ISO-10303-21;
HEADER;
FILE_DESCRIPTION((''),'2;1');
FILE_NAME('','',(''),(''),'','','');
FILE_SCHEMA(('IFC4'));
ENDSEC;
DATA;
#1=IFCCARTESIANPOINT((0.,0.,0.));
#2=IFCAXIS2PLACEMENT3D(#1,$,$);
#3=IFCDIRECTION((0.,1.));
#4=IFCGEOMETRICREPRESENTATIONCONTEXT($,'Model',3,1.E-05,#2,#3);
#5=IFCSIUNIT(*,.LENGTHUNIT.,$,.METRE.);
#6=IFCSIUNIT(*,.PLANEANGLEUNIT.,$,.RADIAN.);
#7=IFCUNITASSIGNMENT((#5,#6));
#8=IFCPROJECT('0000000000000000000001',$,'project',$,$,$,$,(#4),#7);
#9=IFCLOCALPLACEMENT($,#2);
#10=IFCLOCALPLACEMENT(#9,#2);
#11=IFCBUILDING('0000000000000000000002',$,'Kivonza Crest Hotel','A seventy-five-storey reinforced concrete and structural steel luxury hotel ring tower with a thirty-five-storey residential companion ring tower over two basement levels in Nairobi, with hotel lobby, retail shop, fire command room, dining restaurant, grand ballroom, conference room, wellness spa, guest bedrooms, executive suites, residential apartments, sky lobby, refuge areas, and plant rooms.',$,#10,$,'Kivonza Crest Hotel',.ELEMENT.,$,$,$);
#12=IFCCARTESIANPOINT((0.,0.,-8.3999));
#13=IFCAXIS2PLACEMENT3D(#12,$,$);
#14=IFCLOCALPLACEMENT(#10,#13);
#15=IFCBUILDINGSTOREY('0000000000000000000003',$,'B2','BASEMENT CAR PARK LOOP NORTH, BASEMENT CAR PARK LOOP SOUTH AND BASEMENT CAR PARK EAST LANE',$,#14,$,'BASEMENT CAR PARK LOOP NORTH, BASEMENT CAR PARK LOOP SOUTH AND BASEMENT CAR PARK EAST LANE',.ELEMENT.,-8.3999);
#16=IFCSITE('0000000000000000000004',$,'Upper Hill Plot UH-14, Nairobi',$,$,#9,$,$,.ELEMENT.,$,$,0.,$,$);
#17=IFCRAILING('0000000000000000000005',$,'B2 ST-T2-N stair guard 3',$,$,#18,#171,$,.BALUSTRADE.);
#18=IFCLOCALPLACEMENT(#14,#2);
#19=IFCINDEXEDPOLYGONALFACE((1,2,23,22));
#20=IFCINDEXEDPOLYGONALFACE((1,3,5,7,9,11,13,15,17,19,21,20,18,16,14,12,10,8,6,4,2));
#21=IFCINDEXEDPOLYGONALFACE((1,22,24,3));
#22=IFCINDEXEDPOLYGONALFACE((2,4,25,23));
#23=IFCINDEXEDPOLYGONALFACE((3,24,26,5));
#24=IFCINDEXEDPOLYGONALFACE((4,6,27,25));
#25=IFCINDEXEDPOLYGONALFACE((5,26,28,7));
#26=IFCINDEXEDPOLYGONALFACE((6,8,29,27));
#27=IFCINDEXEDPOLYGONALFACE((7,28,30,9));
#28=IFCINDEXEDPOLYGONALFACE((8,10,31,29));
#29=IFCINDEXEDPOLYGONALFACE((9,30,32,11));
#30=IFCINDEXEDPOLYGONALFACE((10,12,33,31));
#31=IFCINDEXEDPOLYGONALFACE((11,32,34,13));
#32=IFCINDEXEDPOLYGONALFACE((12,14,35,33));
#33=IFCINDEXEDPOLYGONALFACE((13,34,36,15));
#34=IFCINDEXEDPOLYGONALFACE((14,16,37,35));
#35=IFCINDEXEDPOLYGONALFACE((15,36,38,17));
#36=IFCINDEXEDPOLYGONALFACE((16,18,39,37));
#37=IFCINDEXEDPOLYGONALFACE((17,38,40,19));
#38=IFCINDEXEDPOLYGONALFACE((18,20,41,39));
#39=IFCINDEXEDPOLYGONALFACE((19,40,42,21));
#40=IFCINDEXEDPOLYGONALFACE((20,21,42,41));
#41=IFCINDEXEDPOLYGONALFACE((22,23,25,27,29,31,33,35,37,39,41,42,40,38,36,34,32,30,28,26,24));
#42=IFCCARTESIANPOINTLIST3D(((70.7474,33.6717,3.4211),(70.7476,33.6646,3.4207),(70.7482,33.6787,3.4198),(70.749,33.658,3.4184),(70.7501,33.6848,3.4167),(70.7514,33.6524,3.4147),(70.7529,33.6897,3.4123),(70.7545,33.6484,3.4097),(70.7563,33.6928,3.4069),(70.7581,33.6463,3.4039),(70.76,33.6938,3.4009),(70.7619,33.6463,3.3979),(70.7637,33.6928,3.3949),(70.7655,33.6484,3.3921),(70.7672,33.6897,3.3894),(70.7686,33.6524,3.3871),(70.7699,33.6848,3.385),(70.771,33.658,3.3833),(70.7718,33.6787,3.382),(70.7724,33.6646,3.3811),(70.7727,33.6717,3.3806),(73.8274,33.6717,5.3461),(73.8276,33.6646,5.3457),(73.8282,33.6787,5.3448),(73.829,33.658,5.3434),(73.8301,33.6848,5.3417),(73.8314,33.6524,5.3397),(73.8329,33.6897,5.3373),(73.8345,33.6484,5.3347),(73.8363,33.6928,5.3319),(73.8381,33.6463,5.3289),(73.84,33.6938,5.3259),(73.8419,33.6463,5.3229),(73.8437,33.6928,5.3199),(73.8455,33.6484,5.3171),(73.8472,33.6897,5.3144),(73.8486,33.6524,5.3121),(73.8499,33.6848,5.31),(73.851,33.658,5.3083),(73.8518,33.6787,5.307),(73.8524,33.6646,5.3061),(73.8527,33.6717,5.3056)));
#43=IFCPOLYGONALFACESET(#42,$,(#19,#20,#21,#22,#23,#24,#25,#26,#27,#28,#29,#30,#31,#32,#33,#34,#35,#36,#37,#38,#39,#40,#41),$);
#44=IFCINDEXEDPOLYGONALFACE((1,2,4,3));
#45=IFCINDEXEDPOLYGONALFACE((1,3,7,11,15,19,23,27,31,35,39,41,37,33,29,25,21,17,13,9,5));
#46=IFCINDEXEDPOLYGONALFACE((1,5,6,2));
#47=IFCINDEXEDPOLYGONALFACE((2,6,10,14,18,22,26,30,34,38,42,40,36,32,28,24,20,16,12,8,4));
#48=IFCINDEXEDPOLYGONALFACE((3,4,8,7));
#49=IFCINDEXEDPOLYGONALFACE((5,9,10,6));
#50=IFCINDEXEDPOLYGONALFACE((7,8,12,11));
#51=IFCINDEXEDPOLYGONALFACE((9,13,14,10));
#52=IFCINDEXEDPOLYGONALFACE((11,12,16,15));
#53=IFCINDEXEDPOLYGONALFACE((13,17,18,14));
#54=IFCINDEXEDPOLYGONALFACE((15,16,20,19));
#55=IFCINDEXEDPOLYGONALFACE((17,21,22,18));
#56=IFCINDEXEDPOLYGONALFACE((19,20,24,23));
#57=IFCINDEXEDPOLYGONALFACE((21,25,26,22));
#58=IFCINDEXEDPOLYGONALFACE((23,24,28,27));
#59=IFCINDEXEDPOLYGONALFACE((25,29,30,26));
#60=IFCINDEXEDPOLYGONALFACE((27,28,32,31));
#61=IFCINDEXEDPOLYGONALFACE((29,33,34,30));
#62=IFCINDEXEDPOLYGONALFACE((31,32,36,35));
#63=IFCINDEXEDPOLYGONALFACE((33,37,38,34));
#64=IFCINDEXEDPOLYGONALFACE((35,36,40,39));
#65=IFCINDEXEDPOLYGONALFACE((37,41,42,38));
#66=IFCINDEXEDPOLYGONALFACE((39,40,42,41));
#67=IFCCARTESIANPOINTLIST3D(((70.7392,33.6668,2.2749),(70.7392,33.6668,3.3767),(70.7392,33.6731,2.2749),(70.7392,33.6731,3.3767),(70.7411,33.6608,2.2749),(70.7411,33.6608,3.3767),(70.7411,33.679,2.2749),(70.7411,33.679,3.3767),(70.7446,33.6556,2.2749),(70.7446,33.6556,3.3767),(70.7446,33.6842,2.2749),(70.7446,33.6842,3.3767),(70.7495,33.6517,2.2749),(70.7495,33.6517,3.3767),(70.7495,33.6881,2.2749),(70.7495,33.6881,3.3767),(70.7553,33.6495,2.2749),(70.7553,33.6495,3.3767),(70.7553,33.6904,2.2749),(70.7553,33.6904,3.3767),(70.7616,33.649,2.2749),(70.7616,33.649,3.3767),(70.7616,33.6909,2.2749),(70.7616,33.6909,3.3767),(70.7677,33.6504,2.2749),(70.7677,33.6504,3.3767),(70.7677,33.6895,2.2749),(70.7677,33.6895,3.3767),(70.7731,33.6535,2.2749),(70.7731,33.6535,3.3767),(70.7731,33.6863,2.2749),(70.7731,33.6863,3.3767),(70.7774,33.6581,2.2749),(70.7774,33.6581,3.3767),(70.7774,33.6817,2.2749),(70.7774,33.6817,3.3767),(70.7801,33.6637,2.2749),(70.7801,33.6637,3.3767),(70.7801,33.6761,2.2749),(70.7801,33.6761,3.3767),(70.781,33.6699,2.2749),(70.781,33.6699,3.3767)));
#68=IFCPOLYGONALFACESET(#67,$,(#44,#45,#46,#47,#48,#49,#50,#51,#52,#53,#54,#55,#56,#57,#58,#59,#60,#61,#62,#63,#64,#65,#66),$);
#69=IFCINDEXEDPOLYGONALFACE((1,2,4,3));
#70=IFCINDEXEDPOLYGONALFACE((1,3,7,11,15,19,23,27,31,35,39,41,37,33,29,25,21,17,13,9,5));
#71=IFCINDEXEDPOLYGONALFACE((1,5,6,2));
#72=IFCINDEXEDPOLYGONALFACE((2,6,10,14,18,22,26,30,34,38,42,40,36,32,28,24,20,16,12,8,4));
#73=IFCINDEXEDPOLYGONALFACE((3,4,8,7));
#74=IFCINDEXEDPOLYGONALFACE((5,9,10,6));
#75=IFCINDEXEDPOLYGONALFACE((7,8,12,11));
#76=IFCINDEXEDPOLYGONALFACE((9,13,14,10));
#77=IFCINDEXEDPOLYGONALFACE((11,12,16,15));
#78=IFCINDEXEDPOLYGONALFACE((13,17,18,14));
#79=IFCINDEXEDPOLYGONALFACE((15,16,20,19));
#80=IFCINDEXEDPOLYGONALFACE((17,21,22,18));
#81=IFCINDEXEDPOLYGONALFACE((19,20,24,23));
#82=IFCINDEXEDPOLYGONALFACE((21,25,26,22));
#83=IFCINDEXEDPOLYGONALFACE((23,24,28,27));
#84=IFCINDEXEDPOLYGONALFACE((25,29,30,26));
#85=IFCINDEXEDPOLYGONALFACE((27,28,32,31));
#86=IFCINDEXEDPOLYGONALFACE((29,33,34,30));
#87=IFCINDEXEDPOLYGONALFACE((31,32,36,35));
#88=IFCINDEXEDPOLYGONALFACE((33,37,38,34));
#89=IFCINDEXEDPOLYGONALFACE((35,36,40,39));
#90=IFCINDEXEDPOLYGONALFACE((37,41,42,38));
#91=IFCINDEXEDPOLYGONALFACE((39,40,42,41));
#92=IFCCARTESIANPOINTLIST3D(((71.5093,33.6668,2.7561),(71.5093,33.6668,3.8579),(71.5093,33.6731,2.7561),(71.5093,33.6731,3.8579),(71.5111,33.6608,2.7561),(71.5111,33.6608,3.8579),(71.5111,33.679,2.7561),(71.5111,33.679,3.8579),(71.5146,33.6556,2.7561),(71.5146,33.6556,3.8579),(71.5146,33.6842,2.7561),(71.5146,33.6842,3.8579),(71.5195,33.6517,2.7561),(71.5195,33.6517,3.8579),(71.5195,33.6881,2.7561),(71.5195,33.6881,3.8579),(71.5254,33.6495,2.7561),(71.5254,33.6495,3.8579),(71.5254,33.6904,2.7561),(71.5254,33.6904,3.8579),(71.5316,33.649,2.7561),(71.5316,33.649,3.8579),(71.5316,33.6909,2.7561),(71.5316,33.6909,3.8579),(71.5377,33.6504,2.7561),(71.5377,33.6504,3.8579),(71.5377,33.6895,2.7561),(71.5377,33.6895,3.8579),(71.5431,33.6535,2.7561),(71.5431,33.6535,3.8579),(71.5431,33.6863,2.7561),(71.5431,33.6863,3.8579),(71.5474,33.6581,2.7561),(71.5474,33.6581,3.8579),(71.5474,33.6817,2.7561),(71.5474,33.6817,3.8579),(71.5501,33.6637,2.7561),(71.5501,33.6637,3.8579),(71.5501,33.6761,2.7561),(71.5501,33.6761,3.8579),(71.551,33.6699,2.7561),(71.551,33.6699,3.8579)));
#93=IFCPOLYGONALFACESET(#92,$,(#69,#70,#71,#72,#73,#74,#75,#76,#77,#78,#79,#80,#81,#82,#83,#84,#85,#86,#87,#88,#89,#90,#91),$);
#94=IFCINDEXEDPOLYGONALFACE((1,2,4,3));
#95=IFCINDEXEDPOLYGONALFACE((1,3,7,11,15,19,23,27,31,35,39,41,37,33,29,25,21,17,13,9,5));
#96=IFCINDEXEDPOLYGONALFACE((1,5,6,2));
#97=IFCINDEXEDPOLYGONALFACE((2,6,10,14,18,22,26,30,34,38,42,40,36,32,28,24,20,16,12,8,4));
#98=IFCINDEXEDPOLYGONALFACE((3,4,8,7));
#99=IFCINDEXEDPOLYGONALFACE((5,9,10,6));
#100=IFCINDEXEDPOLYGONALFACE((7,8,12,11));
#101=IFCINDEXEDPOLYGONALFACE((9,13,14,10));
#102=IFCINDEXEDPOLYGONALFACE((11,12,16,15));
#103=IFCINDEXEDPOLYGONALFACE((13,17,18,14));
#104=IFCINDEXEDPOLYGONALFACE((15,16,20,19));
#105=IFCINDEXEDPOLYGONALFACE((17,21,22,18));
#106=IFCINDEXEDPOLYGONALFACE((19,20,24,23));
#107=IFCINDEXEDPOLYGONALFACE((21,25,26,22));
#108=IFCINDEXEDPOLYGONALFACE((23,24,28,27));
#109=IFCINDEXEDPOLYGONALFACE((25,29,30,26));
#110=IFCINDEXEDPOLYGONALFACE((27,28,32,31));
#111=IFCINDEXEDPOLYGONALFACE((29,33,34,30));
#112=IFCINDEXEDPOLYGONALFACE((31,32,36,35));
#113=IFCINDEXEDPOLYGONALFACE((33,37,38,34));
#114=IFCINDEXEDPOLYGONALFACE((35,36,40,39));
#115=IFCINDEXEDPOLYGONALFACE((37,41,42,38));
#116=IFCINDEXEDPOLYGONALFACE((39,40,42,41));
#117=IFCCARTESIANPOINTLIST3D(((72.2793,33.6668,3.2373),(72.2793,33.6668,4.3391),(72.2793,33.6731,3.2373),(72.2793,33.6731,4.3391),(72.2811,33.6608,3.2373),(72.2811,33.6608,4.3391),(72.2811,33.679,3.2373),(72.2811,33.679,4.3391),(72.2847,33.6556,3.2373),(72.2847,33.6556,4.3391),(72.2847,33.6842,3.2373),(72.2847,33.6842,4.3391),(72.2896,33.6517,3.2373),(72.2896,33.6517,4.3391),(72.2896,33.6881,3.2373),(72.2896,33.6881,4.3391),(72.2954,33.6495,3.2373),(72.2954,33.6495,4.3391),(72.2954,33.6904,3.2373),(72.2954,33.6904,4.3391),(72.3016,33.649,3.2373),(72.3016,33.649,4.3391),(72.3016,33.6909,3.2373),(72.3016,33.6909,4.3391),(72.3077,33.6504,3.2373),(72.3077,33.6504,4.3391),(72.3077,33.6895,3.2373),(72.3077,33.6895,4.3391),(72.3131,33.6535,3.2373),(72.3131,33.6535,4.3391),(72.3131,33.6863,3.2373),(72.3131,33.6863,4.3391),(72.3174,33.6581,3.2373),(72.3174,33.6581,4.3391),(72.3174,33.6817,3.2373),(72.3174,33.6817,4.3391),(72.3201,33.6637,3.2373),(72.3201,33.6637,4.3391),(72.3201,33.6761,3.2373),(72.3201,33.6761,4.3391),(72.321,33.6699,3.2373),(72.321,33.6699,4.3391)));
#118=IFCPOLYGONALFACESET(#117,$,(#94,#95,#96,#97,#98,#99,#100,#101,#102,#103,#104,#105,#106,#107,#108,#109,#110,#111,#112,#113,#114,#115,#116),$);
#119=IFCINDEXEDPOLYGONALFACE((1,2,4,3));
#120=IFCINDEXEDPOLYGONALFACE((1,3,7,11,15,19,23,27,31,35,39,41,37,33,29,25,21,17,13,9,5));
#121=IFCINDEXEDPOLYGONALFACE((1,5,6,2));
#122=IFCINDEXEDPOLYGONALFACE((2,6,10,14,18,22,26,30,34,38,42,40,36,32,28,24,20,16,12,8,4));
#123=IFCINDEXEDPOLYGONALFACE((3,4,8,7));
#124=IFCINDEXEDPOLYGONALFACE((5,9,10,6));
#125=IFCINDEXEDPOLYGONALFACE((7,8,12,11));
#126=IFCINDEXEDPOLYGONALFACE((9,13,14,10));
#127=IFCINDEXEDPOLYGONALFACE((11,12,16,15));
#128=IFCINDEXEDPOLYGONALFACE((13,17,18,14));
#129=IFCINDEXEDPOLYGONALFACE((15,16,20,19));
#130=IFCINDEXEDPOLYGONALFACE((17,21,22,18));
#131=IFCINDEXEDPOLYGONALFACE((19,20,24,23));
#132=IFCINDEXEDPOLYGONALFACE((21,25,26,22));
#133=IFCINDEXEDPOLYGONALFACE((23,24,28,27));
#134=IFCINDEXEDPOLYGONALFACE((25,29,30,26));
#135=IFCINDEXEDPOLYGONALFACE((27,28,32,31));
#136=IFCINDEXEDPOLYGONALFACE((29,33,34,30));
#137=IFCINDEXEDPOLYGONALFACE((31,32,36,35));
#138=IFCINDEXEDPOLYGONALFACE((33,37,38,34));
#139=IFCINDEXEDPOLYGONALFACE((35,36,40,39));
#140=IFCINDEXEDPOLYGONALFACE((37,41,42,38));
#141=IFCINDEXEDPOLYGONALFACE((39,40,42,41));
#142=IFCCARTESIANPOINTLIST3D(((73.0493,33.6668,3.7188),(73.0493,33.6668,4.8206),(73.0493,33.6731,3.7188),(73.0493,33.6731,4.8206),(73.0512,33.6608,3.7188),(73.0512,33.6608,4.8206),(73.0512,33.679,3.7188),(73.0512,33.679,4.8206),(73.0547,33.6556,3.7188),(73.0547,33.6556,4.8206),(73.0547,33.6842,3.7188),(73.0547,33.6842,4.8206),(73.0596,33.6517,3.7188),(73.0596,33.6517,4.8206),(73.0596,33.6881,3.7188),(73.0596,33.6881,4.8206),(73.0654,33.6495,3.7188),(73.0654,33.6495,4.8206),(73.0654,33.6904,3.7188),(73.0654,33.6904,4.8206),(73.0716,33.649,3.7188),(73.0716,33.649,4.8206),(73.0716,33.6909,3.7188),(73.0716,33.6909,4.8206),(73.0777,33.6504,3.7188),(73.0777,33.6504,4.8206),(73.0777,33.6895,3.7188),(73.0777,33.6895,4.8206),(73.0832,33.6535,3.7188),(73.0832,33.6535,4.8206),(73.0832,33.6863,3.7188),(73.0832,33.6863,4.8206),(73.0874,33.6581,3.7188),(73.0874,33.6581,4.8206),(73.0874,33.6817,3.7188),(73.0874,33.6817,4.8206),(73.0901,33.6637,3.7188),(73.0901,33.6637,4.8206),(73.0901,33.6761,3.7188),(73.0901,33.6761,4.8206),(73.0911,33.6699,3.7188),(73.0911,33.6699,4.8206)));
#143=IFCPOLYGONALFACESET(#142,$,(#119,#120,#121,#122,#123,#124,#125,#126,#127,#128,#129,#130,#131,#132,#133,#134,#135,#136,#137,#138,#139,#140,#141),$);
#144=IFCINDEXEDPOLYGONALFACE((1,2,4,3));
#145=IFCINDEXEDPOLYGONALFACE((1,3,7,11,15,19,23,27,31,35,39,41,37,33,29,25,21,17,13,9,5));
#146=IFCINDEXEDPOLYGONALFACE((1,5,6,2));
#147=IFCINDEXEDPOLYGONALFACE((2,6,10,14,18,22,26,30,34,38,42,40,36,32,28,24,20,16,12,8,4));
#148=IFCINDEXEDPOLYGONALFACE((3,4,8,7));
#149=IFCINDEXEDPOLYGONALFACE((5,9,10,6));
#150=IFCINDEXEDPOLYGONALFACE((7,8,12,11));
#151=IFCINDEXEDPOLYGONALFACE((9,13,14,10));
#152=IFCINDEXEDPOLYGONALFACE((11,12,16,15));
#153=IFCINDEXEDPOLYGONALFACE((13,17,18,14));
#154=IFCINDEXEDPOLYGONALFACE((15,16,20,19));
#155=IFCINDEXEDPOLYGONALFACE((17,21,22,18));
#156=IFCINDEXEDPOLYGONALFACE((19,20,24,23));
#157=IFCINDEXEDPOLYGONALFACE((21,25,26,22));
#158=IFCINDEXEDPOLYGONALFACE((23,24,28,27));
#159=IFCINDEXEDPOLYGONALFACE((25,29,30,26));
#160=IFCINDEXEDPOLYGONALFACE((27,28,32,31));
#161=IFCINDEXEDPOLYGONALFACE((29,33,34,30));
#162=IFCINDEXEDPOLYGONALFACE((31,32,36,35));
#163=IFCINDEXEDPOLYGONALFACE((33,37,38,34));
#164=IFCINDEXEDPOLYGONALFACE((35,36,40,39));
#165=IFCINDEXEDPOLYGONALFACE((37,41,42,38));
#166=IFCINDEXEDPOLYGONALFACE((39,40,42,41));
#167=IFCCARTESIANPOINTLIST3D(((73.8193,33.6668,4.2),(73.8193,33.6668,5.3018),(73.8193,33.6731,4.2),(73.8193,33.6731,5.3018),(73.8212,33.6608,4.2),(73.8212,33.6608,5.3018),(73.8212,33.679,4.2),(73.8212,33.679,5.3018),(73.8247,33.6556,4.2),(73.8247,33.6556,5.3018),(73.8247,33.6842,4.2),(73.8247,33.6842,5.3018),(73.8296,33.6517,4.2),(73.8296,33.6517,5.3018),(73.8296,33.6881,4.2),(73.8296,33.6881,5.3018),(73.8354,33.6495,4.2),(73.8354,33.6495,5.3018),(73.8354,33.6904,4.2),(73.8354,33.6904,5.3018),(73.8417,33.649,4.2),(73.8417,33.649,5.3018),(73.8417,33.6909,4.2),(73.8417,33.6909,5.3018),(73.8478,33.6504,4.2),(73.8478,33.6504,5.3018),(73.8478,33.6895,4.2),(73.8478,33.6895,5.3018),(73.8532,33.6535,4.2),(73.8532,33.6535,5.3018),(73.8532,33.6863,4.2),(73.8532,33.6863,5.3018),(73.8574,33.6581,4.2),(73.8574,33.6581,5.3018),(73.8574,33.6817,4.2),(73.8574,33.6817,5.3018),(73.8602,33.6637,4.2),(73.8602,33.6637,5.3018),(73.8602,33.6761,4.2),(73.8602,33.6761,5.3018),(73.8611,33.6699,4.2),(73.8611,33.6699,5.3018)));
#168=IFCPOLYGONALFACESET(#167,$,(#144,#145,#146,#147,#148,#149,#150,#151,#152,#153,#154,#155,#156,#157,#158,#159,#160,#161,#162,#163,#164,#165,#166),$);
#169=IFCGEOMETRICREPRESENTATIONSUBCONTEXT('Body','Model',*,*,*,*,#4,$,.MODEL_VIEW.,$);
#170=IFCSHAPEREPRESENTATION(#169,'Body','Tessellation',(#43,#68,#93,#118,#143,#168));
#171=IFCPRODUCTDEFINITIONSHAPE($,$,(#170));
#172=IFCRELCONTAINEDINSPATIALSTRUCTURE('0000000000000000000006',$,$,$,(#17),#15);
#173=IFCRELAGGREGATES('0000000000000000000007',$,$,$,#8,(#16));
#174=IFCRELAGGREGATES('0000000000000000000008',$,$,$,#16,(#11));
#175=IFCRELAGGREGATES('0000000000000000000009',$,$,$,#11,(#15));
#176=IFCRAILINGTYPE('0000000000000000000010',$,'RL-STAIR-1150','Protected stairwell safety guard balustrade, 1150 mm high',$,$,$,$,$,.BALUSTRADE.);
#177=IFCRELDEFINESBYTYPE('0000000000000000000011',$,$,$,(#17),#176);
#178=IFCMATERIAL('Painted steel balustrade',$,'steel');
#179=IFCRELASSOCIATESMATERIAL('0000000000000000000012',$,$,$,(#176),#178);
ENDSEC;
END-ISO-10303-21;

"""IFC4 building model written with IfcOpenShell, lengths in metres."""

from ifc_helpers import new_model, si_unit, direction, frame, origin, origin_2d, place, context, subcontext, project, spatial, circle, extrude, material, type_object, element, save


model = new_model("IFC4")

# Units and contexts
model_context = context("Model", 3, precision=1e-05, world=origin(), true_north=direction((0.0, 1.0)))
body_context = subcontext(model_context, "Body", "Model", "MODEL_VIEW")
ifc_project = project(units=[si_unit("LENGTHUNIT", "METRE"), si_unit("PLANEANGLEUNIT", "RADIAN")], contexts=[model_context])

# Site, building, storey
site_placement = place(None, origin())
site = spatial("IfcSite", under=ifc_project, at=site_placement, Name="Upper Hill Plot UH-14, Nairobi", CompositionType="ELEMENT", RefElevation=0.0)
building_placement = place(site_placement, origin())
building = spatial("IfcBuilding", under=site, at=building_placement, Name="Kivonza Crest Hotel", Description="A seventy-five-storey reinforced concrete and structural steel luxury hotel ring tower with a thirty-five-storey residential companion ring tower over two basement levels in Nairobi, with hotel lobby, retail shop, fire command room, dining restaurant, grand ballroom, conference room, wellness spa, guest bedrooms, executive suites, residential apartments, sky lobby, refuge areas, and plant rooms.", LongName="Kivonza Crest Hotel", CompositionType="ELEMENT")
storey_placement = place(building_placement, frame((0.0, 0.0, -8.3999)))
storey = spatial("IfcBuildingStorey", under=building, at=storey_placement, Name="B2", Description="BASEMENT CAR PARK LOOP NORTH, BASEMENT CAR PARK LOOP SOUTH AND BASEMENT CAR PARK EAST LANE", LongName="BASEMENT CAR PARK LOOP NORTH, BASEMENT CAR PARK LOOP SOUTH AND BASEMENT CAR PARK EAST LANE", CompositionType="ELEMENT", Elevation=-8.3999)

# Railing
ifc_material_1 = material(Name="Painted steel balustrade", Category="steel")
railing_type_1 = type_object("IfcRailingType", Name="RL-STAIR-1150", Description="Protected stairwell safety guard balustrade, 1150 mm high", PredefinedType="BALUSTRADE", material=ifc_material_1)
railing_1_placement = place(storey_placement, frame((70.76, 33.6699, 2.2749)))
element("IfcRailing", 1, at=railing_1_placement, inside=storey, type_object=railing_type_1, Name="B2 ST-T2-N stair guard 3", PredefinedType="BALUSTRADE", context=body_context, shape_type="SweptSolid", body=[
    extrude(circle(Radius=0.0239, at=origin_2d()), frame((0.0, 0.0, 1.126), z_axis=(0.847998, 0.0, 0.529999), x_axis=(0.0, 1.0, 0.0)), (0.0, 0.0, 1.0), 3.6321),
    extrude(circle(Radius=0.021, at=origin_2d()), origin(), (0.0, 0.0, 1.0), 1.1018),
    extrude(circle(Radius=0.021, at=origin_2d()), frame((0.77, 0.0, 0.4812)), (0.0, 0.0, 1.0), 1.1018),
    extrude(circle(Radius=0.021, at=origin_2d()), frame((1.54, 0.0, 0.9624)), (0.0, 0.0, 1.0), 1.1018),
    extrude(circle(Radius=0.021, at=origin_2d()), frame((2.3101, 0.0, 1.4438)), (0.0, 0.0, 1.0), 1.1018),
    extrude(circle(Radius=0.021, at=origin_2d()), frame((3.0801, 0.0, 1.925)), (0.0, 0.0, 1.0), 1.1018),
])

save(model, "model.ifc")
